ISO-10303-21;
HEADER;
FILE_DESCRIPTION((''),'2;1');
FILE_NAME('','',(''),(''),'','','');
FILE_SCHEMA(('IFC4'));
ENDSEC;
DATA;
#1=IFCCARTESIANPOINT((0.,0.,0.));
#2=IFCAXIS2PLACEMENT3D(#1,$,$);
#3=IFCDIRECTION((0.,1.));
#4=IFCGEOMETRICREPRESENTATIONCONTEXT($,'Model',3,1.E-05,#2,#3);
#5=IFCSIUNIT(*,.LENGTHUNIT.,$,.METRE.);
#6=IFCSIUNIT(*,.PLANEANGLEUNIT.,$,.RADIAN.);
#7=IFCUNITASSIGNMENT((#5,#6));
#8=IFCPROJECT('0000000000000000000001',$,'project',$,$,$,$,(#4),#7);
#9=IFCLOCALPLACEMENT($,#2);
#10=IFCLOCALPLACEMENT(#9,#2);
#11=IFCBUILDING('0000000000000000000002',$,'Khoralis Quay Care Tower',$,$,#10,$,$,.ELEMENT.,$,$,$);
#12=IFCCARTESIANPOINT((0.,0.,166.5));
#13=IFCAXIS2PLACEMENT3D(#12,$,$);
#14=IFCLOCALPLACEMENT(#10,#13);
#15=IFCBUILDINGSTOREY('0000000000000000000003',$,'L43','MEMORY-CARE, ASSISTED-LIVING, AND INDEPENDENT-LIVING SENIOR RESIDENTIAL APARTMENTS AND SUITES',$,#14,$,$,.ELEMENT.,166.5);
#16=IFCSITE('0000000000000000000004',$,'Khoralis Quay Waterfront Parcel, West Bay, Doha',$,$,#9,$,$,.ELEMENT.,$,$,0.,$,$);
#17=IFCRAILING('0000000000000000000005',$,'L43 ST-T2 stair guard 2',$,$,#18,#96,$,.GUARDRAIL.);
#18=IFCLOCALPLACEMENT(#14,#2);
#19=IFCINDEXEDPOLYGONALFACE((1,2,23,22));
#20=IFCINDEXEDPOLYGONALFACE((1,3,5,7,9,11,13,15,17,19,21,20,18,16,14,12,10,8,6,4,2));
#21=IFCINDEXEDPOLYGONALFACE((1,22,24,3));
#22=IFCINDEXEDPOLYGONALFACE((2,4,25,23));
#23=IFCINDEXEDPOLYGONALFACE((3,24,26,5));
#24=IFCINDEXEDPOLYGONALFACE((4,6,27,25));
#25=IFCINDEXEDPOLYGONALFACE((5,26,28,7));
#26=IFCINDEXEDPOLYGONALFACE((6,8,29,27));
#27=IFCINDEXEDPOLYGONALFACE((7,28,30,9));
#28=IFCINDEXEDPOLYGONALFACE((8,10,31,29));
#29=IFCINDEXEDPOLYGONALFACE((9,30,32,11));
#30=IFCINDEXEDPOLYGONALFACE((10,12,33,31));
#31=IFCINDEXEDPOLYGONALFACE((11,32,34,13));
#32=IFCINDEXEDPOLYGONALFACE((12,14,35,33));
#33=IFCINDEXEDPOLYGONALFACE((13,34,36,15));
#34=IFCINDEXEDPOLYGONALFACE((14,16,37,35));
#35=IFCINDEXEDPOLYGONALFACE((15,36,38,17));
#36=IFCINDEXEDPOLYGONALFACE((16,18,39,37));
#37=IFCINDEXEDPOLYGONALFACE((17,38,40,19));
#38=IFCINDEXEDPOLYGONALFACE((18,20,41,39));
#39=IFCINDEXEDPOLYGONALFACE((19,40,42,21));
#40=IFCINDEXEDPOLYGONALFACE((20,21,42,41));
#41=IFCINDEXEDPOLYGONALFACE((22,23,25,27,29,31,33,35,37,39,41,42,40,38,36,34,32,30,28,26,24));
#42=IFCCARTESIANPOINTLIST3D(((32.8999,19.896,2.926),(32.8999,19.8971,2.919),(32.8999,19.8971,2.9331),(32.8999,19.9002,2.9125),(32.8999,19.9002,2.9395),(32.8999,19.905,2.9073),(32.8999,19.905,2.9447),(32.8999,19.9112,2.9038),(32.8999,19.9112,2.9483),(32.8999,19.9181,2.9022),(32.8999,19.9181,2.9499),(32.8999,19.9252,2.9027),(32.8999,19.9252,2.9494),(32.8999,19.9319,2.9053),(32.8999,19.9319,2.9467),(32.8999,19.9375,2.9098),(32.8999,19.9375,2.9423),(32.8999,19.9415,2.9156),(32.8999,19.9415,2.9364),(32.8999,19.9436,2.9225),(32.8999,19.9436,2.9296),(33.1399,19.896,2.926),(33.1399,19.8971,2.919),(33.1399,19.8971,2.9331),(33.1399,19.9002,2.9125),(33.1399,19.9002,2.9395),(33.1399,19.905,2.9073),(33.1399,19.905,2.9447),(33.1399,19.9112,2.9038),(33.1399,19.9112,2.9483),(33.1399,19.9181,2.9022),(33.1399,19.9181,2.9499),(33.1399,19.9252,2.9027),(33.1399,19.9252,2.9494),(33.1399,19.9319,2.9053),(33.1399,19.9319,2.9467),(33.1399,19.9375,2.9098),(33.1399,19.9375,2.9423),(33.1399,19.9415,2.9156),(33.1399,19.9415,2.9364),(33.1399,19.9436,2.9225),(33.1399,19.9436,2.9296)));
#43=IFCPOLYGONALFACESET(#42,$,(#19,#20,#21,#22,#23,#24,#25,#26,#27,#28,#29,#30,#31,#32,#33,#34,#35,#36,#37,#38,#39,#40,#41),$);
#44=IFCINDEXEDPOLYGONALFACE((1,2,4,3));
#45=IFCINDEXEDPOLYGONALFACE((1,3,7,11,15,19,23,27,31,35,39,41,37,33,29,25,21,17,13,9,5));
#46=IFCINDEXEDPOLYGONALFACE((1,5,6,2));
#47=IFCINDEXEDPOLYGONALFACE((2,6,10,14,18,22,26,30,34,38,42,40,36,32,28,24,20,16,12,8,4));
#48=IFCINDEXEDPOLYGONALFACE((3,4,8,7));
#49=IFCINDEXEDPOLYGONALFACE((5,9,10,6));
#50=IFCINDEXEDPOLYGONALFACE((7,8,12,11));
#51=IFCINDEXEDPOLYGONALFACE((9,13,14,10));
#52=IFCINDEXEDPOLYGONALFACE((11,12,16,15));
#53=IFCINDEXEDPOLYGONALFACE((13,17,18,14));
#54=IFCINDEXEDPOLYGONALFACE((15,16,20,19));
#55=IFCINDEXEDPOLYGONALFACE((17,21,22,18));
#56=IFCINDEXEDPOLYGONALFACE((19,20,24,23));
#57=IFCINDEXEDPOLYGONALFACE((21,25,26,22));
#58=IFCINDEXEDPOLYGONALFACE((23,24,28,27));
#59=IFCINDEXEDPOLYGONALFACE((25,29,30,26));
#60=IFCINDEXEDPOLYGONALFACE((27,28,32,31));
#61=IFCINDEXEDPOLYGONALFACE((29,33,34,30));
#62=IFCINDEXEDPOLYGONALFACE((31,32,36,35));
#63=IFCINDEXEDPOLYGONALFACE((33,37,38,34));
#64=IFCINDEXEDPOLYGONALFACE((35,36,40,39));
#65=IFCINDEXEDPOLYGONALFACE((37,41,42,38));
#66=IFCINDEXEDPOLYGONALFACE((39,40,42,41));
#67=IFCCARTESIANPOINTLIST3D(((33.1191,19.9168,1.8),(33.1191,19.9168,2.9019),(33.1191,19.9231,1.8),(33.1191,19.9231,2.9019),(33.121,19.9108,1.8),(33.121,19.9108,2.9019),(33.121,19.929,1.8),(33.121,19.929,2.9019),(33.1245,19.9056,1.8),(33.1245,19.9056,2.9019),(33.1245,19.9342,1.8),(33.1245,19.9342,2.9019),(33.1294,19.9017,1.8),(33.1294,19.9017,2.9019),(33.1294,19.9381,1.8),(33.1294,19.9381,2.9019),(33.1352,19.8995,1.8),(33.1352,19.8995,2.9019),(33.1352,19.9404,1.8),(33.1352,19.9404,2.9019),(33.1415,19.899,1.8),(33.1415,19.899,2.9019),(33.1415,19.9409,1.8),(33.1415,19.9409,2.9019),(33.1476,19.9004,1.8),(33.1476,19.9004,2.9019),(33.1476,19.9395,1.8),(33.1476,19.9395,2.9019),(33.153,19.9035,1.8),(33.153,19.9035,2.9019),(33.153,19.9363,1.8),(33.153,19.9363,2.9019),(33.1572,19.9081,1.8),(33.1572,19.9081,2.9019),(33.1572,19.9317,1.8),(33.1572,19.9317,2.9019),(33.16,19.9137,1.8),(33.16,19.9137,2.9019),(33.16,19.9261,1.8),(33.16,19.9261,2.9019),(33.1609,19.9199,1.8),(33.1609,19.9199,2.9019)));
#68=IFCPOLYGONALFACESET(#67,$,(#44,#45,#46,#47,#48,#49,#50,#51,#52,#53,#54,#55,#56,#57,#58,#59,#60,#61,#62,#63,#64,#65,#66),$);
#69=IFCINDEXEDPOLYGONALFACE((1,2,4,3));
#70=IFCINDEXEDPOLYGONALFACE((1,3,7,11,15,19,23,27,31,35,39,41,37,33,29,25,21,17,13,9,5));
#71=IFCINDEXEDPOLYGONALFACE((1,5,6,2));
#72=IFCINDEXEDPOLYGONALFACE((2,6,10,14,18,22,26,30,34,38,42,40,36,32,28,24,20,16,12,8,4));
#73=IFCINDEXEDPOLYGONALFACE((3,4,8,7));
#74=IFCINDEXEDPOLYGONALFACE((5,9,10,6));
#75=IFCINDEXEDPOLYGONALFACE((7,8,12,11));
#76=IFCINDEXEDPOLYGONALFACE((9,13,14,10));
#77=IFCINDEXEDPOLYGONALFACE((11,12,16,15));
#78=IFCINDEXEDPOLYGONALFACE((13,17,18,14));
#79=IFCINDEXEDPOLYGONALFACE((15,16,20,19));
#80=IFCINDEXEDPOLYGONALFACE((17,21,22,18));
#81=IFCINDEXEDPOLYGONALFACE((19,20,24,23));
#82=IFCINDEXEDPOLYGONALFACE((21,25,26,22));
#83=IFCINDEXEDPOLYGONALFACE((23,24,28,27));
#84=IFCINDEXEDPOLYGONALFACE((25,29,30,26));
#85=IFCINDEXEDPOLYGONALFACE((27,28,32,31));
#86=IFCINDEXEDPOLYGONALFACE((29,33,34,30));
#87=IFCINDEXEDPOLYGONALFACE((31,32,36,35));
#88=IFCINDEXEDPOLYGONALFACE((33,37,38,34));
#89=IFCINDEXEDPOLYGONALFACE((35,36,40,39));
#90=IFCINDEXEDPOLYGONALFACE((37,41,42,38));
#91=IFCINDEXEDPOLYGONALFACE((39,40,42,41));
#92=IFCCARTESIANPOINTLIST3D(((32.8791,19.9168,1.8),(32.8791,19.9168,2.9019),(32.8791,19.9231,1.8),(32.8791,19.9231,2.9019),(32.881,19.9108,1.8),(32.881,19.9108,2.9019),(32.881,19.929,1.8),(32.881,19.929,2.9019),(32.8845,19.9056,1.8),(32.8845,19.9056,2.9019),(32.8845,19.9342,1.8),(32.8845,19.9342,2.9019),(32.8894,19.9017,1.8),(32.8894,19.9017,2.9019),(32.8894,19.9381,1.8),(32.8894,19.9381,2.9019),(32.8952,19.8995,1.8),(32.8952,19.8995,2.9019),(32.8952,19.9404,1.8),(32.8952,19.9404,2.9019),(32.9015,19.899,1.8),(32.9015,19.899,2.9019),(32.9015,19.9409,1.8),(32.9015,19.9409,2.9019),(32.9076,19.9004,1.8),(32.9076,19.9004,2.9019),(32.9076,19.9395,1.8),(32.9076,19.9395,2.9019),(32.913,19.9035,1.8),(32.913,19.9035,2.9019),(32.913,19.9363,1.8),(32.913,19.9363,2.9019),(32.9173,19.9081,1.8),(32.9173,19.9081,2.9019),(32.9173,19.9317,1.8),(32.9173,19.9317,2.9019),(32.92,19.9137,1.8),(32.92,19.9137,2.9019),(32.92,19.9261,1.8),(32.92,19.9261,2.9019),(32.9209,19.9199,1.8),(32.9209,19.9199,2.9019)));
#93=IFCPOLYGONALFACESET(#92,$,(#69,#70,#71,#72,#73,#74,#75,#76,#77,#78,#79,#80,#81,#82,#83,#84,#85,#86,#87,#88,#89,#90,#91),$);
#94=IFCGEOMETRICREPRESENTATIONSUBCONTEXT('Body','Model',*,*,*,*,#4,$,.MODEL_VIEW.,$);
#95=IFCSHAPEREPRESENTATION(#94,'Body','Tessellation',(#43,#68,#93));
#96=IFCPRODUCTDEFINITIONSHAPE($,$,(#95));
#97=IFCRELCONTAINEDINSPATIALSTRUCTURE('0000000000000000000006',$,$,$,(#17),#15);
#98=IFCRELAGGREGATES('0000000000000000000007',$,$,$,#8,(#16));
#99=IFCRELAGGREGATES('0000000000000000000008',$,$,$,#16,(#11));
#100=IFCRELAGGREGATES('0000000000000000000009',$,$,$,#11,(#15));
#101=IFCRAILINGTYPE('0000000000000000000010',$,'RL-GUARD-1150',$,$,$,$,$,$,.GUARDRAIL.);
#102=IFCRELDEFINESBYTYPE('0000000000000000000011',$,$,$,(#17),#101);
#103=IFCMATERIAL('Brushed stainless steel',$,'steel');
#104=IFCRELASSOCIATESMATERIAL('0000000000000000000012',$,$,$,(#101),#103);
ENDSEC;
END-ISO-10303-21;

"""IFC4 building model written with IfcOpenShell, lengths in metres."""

from ifc_helpers import new_model, si_unit, direction, frame, origin, origin_2d, place, context, subcontext, project, spatial, circle, extrude, material, type_object, element, save


model = new_model("IFC4")

# Units and contexts
model_context = context("Model", 3, precision=1e-05, world=origin(), true_north=direction((0.0, 1.0)))
body_context = subcontext(model_context, "Body", "Model", "MODEL_VIEW")
ifc_project = project(units=[si_unit("LENGTHUNIT", "METRE"), si_unit("PLANEANGLEUNIT", "RADIAN")], contexts=[model_context])

# Site, building, storey
site_placement = place(None, origin())
site = spatial("IfcSite", under=ifc_project, at=site_placement, Name="Khoralis Quay Waterfront Parcel, West Bay, Doha", CompositionType="ELEMENT", RefElevation=0.0)
building_placement = place(site_placement, origin())
building = spatial("IfcBuilding", under=site, at=building_placement, Name="Khoralis Quay Care Tower", CompositionType="ELEMENT")
storey_placement = place(building_placement, frame((0.0, 0.0, 166.5)))
storey = spatial("IfcBuildingStorey", under=building, at=storey_placement, Name="L43", Description="MEMORY-CARE, ASSISTED-LIVING, AND INDEPENDENT-LIVING SENIOR RESIDENTIAL APARTMENTS AND SUITES", CompositionType="ELEMENT", Elevation=166.5)

# Railing
ifc_material_1 = material(Name="Brushed stainless steel", Category="steel")
railing_type = type_object("IfcRailingType", Name="RL-GUARD-1150", PredefinedType="GUARDRAIL", material=ifc_material_1)
railing_1_placement = place(storey_placement, frame((33.1399, 19.9199, 1.8)))
element("IfcRailing", 1, at=railing_1_placement, inside=storey, type_object=railing_type, Name="L43 ST-T2 stair guard 2", PredefinedType="GUARDRAIL", context=body_context, shape_type="SweptSolid", body=[
    extrude(circle(Radius=0.0239, at=origin_2d()), frame((0.0, 0.0, 1.126), z_axis=(-1.0, 0.0, 0.0), x_axis=(0.0, -1.0, 0.0)), (0.0, 0.0, 1.0), 0.24),
    extrude(circle(Radius=0.021, at=origin_2d()), origin(), (0.0, 0.0, 1.0), 1.1018),
    extrude(circle(Radius=0.021, at=origin_2d()), frame((-0.24, 0.0, 0.0)), (0.0, 0.0, 1.0), 1.1018),
])

save(model, "model.ifc")
